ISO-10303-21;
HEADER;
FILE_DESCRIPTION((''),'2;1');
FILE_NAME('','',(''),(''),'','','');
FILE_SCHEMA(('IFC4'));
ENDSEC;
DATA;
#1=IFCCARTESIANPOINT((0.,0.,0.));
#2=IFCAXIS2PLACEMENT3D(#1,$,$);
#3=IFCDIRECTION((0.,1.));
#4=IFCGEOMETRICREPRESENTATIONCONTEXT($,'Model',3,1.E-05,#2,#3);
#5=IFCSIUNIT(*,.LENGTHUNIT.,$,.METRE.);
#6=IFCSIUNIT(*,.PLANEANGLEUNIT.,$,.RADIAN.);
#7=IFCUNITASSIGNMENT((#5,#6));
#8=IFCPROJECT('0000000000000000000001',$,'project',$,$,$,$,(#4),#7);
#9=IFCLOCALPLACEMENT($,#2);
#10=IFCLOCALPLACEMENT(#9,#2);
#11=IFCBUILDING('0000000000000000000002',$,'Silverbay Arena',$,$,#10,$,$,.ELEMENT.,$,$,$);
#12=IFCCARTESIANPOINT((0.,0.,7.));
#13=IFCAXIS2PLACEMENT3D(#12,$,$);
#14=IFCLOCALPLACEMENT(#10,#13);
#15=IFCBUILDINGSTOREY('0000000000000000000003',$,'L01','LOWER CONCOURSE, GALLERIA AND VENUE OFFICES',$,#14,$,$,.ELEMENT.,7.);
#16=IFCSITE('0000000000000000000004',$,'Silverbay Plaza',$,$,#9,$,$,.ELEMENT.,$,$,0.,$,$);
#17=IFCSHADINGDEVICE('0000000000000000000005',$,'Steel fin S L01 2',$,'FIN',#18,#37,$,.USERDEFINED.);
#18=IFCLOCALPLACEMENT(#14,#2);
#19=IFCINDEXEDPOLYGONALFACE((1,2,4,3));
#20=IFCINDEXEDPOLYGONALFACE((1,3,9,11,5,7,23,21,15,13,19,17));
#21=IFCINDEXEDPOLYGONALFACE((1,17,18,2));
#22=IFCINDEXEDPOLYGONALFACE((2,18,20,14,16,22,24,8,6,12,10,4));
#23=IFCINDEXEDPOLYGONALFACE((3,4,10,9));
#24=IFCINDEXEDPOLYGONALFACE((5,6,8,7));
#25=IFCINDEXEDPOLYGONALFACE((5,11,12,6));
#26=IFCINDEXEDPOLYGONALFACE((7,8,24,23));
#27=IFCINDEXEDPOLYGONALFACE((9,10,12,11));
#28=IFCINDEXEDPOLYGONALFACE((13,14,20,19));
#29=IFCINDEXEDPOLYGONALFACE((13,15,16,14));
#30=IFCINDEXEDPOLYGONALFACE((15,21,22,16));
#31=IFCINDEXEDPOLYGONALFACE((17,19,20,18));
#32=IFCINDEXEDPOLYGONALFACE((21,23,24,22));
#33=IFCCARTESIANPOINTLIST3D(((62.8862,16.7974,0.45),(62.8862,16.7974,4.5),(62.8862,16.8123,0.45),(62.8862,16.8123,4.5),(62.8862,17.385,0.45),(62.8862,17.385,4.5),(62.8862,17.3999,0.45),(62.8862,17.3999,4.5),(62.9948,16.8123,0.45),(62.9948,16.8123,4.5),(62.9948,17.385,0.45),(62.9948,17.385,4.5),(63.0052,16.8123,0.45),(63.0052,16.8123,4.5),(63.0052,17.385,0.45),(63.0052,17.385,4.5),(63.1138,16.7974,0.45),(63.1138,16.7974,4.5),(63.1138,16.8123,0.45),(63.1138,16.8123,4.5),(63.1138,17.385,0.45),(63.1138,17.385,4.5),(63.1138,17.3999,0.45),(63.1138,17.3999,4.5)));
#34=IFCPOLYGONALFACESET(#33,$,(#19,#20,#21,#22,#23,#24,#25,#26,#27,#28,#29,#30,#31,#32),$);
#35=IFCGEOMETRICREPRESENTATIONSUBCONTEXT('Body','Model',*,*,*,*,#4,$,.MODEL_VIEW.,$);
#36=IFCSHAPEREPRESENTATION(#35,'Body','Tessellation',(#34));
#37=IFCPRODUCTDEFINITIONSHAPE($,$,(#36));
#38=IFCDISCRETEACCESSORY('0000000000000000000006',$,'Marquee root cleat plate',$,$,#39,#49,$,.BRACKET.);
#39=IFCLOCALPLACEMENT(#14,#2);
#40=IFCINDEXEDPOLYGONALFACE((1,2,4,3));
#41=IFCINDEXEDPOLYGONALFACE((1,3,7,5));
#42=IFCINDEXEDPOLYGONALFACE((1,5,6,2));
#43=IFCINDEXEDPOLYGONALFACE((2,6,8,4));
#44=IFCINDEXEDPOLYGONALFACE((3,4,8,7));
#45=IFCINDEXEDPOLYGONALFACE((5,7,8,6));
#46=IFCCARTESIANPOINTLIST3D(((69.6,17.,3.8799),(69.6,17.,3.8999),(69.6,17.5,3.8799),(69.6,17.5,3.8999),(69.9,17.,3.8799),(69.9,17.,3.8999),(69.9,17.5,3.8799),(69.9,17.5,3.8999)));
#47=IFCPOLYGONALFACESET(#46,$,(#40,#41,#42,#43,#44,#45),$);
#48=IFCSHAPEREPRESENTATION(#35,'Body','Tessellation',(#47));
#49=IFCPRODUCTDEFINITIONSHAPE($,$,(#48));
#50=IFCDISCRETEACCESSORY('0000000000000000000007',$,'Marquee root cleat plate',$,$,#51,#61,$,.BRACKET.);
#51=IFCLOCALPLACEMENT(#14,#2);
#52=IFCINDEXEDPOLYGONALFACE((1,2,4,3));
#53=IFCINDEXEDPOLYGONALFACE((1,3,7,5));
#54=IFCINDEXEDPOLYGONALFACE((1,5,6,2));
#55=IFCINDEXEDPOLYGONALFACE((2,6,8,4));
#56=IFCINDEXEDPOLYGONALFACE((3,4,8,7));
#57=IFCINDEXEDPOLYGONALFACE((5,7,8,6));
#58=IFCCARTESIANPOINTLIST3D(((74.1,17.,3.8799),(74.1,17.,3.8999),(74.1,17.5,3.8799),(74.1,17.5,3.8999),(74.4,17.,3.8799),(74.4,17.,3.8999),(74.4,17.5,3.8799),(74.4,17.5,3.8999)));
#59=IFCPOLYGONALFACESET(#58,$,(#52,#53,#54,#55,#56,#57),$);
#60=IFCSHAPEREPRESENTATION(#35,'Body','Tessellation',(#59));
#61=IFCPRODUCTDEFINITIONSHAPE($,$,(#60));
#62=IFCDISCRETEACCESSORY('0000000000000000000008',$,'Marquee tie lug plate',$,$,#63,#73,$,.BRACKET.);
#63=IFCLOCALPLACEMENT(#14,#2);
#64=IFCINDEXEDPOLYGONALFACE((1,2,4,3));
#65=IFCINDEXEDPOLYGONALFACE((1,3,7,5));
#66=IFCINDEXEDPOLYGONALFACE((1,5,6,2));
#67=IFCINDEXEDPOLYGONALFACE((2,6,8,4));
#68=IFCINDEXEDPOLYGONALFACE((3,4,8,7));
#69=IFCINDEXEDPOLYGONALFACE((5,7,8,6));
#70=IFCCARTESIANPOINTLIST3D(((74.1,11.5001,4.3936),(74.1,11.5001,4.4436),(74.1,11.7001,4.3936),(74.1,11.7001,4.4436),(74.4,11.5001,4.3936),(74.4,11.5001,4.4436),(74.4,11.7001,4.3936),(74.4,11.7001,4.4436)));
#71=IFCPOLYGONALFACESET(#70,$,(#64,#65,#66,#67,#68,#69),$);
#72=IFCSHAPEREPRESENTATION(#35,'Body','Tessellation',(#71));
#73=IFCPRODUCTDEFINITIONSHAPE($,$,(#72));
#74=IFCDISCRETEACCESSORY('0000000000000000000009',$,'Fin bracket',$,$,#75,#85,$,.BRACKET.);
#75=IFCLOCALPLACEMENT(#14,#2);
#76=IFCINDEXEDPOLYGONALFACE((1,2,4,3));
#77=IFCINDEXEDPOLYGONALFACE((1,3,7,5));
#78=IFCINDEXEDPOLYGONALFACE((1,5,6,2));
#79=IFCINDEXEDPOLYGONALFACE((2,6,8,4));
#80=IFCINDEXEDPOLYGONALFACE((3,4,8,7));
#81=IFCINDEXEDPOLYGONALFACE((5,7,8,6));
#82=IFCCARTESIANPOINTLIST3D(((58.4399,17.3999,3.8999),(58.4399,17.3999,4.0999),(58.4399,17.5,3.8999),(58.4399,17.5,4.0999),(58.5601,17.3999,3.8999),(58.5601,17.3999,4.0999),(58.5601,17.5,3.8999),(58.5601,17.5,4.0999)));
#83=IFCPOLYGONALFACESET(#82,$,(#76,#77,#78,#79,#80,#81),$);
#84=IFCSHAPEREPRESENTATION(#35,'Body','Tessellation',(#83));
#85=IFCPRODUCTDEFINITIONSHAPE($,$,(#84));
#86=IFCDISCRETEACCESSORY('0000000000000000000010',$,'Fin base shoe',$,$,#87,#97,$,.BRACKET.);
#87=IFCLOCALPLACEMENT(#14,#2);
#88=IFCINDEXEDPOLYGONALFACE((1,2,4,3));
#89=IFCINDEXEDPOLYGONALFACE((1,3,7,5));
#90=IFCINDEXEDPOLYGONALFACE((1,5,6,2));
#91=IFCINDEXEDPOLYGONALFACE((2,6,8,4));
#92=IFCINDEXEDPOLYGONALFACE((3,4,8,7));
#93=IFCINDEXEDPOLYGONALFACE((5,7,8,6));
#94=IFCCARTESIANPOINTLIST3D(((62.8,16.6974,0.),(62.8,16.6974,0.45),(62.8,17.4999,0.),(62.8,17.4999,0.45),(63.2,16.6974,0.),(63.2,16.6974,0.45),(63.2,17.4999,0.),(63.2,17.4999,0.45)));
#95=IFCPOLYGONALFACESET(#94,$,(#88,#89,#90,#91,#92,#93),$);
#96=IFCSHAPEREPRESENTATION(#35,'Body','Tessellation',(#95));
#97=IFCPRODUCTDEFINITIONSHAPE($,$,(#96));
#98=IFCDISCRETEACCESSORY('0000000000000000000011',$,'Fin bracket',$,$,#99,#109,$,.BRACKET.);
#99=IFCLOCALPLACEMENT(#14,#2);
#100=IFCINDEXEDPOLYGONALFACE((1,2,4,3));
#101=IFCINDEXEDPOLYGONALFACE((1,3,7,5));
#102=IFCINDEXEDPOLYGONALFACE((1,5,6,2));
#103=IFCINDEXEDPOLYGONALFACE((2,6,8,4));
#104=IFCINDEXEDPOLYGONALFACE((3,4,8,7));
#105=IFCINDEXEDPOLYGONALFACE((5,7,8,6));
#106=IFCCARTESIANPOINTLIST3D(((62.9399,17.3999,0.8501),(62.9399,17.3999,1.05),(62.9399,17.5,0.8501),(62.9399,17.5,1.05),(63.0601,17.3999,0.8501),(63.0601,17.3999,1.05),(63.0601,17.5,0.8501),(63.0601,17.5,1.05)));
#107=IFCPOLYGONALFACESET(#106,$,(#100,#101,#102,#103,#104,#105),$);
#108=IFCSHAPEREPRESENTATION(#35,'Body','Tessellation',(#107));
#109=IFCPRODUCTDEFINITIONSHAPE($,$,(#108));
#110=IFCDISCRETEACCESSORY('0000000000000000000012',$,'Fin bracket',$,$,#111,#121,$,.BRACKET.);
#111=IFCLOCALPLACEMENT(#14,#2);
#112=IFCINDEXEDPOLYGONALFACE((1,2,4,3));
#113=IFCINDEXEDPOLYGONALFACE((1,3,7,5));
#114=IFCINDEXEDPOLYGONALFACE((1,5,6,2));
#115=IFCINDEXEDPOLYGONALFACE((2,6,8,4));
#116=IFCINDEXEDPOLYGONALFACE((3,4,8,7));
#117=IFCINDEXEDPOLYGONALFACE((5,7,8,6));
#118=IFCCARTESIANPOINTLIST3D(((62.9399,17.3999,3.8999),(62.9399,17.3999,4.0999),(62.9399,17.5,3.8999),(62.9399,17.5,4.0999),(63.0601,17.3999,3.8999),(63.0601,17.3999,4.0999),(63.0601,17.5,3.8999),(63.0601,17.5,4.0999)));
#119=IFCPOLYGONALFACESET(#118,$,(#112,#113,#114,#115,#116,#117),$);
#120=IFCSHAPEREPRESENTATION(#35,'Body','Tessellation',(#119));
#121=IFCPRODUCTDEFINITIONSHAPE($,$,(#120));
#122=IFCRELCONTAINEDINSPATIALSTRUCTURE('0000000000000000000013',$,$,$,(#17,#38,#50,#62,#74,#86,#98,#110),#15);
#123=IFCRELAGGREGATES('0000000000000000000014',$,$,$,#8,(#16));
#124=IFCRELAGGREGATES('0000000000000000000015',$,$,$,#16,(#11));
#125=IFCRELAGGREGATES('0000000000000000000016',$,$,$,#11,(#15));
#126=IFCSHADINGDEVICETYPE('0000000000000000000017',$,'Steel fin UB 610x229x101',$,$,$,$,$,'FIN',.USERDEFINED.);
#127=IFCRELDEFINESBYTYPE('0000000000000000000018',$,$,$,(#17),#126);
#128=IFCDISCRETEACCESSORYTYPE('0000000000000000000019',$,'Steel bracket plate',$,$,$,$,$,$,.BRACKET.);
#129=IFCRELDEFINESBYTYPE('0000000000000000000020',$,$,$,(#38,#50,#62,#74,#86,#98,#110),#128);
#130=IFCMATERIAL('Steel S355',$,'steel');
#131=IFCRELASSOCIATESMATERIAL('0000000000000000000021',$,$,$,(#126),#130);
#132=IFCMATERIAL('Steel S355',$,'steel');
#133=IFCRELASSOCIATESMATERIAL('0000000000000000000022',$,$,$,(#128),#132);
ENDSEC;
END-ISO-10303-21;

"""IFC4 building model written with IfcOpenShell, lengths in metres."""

from ifc_helpers import new_model, si_unit, direction, frame, origin, origin_2d, place, context, subcontext, project, spatial, rectangle, i_section, extrude, material, material_profile, profile_set, type_object, element, save


model = new_model("IFC4")

# Units and contexts
model_context = context("Model", 3, precision=1e-05, world=origin(), true_north=direction((0.0, 1.0)))
body_context = subcontext(model_context, "Body", "Model", "MODEL_VIEW")
ifc_project = project(units=[si_unit("LENGTHUNIT", "METRE"), si_unit("PLANEANGLEUNIT", "RADIAN")], contexts=[model_context])

# Site, building, storey
site_placement = place(None, origin())
site = spatial("IfcSite", under=ifc_project, at=site_placement, Name="Silverbay Plaza", CompositionType="ELEMENT", RefElevation=0.0)
building_placement = place(site_placement, origin())
building = spatial("IfcBuilding", under=site, at=building_placement, Name="Silverbay Arena", CompositionType="ELEMENT")
storey_placement = place(building_placement, frame((0.0, 0.0, 7.0)))
storey = spatial("IfcBuildingStorey", under=building, at=storey_placement, Name="L01", Description="LOWER CONCOURSE, GALLERIA AND VENUE OFFICES", CompositionType="ELEMENT", Elevation=7.0)

# Shading device
ifc_material_1 = material(Name="Steel S355", Category="steel")
ifc_material_profile_1 = material_profile(ifc_material_1, i_section(OverallWidth=0.2275, OverallDepth=0.6025, WebThickness=0.0105, FlangeThickness=0.0149, at=origin_2d()), Name="UB 610x229x101")
ifc_profile_set_1 = profile_set([ifc_material_profile_1], Name="Steel S355")
shading_device_type_1 = type_object("IfcShadingDeviceType", Name="Steel fin UB 610x229x101", ElementType="FIN", PredefinedType="USERDEFINED", material=ifc_profile_set_1)
shading_device_1_placement = place(storey_placement, frame((63.0, 17.0986, 0.45), z_axis=(0.0, 0.0, 1.0), x_axis=(1.0, 0.0, 0.0)))
element("IfcShadingDevice", 1, at=shading_device_1_placement, inside=storey, type_object=shading_device_type_1, Name="Steel fin S L01 2", ObjectType="FIN", PredefinedType="USERDEFINED", context=body_context, shape_type="SweptSolid", body=[
    extrude(i_section(OverallWidth=0.2275, OverallDepth=0.6025, WebThickness=0.0105, FlangeThickness=0.0149, at=origin_2d()), origin(), (0.0, 0.0, 1.0), 4.05),
])

# Discrete accessories
ifc_material_2 = material(Name="Steel S355", Category="steel")
discrete_accessory_type = type_object("IfcDiscreteAccessoryType", Name="Steel bracket plate", PredefinedType="BRACKET", material=ifc_material_2)
for number, where, z_axis, x_axis, name in (
    (2, (69.75, 17.25, 3.8799), (0.0, 0.0, 1.0), (1.0, 0.0, 0.0), "Marquee root cleat plate"),
    (3, (74.25, 17.25, 3.8799), (0.0, 0.0, 1.0), (1.0, 0.0, 0.0), "Marquee root cleat plate"),
):
    element("IfcDiscreteAccessory", number, at=place(storey_placement, frame(where, z_axis=z_axis, x_axis=x_axis)), inside=storey, type_object=discrete_accessory_type, Name=name, PredefinedType="BRACKET", context=body_context, shape_type="SweptSolid", body=[
        extrude(rectangle(XDim=0.3, YDim=0.5, at=origin_2d()), origin(), (0.0, 0.0, 1.0), 0.02),
    ])
discrete_accessory_1_placement = place(storey_placement, frame((74.25, 11.6001, 4.3936), z_axis=(0.0, 0.0, 1.0), x_axis=(1.0, 0.0, 0.0)))
element("IfcDiscreteAccessory", 4, at=discrete_accessory_1_placement, inside=storey, type_object=discrete_accessory_type, Name="Marquee tie lug plate", PredefinedType="BRACKET", context=body_context, shape_type="SweptSolid", body=[
    extrude(rectangle(XDim=0.3, YDim=0.2, at=origin_2d()), origin(), (0.0, 0.0, 1.0), 0.05),
])
discrete_accessory_2_placement = place(storey_placement, frame((58.5, 17.45, 3.8999), z_axis=(0.0, 0.0, 1.0), x_axis=(1.0, 0.0, 0.0)))
element("IfcDiscreteAccessory", 5, at=discrete_accessory_2_placement, inside=storey, type_object=discrete_accessory_type, Name="Fin bracket", PredefinedType="BRACKET", context=body_context, shape_type="SweptSolid", body=[
    extrude(rectangle(XDim=0.1201, YDim=0.1001, at=origin_2d()), origin(), (0.0, 0.0, 1.0), 0.2),
])
discrete_accessory_3_placement = place(storey_placement, frame((63.0, 17.0986, 0.0), z_axis=(0.0, 0.0, 1.0), x_axis=(1.0, 0.0, 0.0)))
element("IfcDiscreteAccessory", 6, at=discrete_accessory_3_placement, inside=storey, type_object=discrete_accessory_type, Name="Fin base shoe", PredefinedType="BRACKET", context=body_context, shape_type="SweptSolid", body=[
    extrude(rectangle(XDim=0.3999, YDim=0.8025, at=origin_2d()), origin(), (0.0, 0.0, 1.0), 0.45),
])
for number, where, z_axis, x_axis, name in (
    (7, (63.0, 17.45, 0.8501), (0.0, 0.0, 1.0), (1.0, 0.0, 0.0), "Fin bracket"),
    (8, (63.0, 17.45, 3.8999), (0.0, 0.0, 1.0), (1.0, 0.0, 0.0), "Fin bracket"),
):
    element("IfcDiscreteAccessory", number, at=place(storey_placement, frame(where, z_axis=z_axis, x_axis=x_axis)), inside=storey, type_object=discrete_accessory_type, Name=name, PredefinedType="BRACKET", context=body_context, shape_type="SweptSolid", body=[
        extrude(rectangle(XDim=0.1201, YDim=0.1001, at=origin_2d()), origin(), (0.0, 0.0, 1.0), 0.2),
    ])

save(model, "model.ifc")
